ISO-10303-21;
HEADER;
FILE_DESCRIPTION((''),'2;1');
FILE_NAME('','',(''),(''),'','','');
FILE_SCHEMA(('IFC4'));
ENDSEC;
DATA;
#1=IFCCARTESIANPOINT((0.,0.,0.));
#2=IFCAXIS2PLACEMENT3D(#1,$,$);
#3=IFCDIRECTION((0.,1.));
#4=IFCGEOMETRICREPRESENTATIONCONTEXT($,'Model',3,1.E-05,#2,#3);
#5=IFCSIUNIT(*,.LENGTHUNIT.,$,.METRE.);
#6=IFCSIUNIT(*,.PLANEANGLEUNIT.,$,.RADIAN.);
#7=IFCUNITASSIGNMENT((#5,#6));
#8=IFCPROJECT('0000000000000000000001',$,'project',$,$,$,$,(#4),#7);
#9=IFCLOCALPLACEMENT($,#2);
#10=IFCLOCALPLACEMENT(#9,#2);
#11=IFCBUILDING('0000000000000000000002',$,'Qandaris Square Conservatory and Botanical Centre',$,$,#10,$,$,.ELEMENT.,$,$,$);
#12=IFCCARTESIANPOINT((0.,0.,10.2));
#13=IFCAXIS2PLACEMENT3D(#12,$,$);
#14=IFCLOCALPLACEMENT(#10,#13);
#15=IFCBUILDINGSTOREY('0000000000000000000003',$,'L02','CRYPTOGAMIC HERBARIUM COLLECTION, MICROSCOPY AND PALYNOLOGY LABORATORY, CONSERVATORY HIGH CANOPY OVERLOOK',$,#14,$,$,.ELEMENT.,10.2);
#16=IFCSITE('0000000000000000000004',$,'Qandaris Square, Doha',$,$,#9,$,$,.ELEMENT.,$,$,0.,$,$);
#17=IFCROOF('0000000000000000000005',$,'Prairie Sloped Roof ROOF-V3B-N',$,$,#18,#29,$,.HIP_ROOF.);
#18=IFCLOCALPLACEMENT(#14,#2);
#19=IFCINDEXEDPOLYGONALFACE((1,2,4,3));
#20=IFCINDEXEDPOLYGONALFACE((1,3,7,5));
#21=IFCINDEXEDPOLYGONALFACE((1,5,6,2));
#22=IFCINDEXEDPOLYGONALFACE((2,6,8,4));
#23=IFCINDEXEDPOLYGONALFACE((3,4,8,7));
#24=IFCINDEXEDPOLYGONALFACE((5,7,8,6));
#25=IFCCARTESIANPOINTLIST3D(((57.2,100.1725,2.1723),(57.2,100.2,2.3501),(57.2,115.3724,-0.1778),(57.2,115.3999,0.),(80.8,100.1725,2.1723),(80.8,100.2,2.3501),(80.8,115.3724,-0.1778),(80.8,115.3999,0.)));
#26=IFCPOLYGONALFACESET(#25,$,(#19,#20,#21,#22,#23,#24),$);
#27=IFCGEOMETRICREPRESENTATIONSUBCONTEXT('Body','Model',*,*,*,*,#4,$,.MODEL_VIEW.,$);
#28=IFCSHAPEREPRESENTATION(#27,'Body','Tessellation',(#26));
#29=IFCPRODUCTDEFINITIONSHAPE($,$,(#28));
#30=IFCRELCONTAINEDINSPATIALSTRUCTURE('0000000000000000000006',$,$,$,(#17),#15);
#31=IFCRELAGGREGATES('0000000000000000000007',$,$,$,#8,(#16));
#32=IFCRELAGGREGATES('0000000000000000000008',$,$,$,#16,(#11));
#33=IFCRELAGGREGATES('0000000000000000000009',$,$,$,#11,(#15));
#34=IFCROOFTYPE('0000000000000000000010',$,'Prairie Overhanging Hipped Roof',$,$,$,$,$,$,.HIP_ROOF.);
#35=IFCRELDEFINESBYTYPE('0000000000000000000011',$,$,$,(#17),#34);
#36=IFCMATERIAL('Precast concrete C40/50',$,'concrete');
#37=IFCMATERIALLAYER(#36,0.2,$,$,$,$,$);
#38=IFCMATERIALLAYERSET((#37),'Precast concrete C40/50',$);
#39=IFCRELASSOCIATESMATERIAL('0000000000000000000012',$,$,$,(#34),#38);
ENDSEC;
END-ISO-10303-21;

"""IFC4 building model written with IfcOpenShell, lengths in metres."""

from ifc_helpers import new_model, si_unit, direction, frame, origin, place, context, subcontext, project, spatial, polyline, outline, extrude, material, layer, layer_set, type_object, element, save


model = new_model("IFC4")

# Units and contexts
model_context = context("Model", 3, precision=1e-05, world=origin(), true_north=direction((0.0, 1.0)))
body_context = subcontext(model_context, "Body", "Model", "MODEL_VIEW")
ifc_project = project(units=[si_unit("LENGTHUNIT", "METRE"), si_unit("PLANEANGLEUNIT", "RADIAN")], contexts=[model_context])

# Site, building, storey
site_placement = place(None, origin())
site = spatial("IfcSite", under=ifc_project, at=site_placement, Name="Qandaris Square, Doha", CompositionType="ELEMENT", RefElevation=0.0)
building_placement = place(site_placement, origin())
building = spatial("IfcBuilding", under=site, at=building_placement, Name="Qandaris Square Conservatory and Botanical Centre", CompositionType="ELEMENT")
storey_placement = place(building_placement, frame((0.0, 0.0, 10.2)))
storey = spatial("IfcBuildingStorey", under=building, at=storey_placement, Name="L02", Description="CRYPTOGAMIC HERBARIUM COLLECTION, MICROSCOPY AND PALYNOLOGY LABORATORY, CONSERVATORY HIGH CANOPY OVERLOOK", CompositionType="ELEMENT", Elevation=10.2)

# Roof
ifc_material_1 = material(Name="Precast concrete C40/50", Category="concrete")
ifc_layer_1 = layer(ifc_material_1, 0.2)
ifc_layer_set_1 = layer_set([ifc_layer_1], Name="Precast concrete C40/50")
roof_type = type_object("IfcRoofType", Name="Prairie Overhanging Hipped Roof", PredefinedType="HIP_ROOF", material=ifc_layer_set_1)
roof_placement = place(storey_placement, frame((57.2, 115.3999, 0.0), z_axis=(0.0, 0.152797, 0.988258), x_axis=(0.0, -0.988258, 0.152797)))
element("IfcRoof", 1, at=roof_placement, inside=storey, type_object=roof_type, Name="Prairie Sloped Roof ROOF-V3B-N", PredefinedType="HIP_ROOF", context=body_context, shape_type="SweptSolid", body=[
    extrude(outline(polyline([(0.0, 0.0), (15.3806, 0.0), (15.3806, 23.6001), (0.0, 23.6001), (0.0, 0.0)])), origin(), (0.0, 0.0, -1.0), 0.1799),
])

save(model, "model.ifc")
